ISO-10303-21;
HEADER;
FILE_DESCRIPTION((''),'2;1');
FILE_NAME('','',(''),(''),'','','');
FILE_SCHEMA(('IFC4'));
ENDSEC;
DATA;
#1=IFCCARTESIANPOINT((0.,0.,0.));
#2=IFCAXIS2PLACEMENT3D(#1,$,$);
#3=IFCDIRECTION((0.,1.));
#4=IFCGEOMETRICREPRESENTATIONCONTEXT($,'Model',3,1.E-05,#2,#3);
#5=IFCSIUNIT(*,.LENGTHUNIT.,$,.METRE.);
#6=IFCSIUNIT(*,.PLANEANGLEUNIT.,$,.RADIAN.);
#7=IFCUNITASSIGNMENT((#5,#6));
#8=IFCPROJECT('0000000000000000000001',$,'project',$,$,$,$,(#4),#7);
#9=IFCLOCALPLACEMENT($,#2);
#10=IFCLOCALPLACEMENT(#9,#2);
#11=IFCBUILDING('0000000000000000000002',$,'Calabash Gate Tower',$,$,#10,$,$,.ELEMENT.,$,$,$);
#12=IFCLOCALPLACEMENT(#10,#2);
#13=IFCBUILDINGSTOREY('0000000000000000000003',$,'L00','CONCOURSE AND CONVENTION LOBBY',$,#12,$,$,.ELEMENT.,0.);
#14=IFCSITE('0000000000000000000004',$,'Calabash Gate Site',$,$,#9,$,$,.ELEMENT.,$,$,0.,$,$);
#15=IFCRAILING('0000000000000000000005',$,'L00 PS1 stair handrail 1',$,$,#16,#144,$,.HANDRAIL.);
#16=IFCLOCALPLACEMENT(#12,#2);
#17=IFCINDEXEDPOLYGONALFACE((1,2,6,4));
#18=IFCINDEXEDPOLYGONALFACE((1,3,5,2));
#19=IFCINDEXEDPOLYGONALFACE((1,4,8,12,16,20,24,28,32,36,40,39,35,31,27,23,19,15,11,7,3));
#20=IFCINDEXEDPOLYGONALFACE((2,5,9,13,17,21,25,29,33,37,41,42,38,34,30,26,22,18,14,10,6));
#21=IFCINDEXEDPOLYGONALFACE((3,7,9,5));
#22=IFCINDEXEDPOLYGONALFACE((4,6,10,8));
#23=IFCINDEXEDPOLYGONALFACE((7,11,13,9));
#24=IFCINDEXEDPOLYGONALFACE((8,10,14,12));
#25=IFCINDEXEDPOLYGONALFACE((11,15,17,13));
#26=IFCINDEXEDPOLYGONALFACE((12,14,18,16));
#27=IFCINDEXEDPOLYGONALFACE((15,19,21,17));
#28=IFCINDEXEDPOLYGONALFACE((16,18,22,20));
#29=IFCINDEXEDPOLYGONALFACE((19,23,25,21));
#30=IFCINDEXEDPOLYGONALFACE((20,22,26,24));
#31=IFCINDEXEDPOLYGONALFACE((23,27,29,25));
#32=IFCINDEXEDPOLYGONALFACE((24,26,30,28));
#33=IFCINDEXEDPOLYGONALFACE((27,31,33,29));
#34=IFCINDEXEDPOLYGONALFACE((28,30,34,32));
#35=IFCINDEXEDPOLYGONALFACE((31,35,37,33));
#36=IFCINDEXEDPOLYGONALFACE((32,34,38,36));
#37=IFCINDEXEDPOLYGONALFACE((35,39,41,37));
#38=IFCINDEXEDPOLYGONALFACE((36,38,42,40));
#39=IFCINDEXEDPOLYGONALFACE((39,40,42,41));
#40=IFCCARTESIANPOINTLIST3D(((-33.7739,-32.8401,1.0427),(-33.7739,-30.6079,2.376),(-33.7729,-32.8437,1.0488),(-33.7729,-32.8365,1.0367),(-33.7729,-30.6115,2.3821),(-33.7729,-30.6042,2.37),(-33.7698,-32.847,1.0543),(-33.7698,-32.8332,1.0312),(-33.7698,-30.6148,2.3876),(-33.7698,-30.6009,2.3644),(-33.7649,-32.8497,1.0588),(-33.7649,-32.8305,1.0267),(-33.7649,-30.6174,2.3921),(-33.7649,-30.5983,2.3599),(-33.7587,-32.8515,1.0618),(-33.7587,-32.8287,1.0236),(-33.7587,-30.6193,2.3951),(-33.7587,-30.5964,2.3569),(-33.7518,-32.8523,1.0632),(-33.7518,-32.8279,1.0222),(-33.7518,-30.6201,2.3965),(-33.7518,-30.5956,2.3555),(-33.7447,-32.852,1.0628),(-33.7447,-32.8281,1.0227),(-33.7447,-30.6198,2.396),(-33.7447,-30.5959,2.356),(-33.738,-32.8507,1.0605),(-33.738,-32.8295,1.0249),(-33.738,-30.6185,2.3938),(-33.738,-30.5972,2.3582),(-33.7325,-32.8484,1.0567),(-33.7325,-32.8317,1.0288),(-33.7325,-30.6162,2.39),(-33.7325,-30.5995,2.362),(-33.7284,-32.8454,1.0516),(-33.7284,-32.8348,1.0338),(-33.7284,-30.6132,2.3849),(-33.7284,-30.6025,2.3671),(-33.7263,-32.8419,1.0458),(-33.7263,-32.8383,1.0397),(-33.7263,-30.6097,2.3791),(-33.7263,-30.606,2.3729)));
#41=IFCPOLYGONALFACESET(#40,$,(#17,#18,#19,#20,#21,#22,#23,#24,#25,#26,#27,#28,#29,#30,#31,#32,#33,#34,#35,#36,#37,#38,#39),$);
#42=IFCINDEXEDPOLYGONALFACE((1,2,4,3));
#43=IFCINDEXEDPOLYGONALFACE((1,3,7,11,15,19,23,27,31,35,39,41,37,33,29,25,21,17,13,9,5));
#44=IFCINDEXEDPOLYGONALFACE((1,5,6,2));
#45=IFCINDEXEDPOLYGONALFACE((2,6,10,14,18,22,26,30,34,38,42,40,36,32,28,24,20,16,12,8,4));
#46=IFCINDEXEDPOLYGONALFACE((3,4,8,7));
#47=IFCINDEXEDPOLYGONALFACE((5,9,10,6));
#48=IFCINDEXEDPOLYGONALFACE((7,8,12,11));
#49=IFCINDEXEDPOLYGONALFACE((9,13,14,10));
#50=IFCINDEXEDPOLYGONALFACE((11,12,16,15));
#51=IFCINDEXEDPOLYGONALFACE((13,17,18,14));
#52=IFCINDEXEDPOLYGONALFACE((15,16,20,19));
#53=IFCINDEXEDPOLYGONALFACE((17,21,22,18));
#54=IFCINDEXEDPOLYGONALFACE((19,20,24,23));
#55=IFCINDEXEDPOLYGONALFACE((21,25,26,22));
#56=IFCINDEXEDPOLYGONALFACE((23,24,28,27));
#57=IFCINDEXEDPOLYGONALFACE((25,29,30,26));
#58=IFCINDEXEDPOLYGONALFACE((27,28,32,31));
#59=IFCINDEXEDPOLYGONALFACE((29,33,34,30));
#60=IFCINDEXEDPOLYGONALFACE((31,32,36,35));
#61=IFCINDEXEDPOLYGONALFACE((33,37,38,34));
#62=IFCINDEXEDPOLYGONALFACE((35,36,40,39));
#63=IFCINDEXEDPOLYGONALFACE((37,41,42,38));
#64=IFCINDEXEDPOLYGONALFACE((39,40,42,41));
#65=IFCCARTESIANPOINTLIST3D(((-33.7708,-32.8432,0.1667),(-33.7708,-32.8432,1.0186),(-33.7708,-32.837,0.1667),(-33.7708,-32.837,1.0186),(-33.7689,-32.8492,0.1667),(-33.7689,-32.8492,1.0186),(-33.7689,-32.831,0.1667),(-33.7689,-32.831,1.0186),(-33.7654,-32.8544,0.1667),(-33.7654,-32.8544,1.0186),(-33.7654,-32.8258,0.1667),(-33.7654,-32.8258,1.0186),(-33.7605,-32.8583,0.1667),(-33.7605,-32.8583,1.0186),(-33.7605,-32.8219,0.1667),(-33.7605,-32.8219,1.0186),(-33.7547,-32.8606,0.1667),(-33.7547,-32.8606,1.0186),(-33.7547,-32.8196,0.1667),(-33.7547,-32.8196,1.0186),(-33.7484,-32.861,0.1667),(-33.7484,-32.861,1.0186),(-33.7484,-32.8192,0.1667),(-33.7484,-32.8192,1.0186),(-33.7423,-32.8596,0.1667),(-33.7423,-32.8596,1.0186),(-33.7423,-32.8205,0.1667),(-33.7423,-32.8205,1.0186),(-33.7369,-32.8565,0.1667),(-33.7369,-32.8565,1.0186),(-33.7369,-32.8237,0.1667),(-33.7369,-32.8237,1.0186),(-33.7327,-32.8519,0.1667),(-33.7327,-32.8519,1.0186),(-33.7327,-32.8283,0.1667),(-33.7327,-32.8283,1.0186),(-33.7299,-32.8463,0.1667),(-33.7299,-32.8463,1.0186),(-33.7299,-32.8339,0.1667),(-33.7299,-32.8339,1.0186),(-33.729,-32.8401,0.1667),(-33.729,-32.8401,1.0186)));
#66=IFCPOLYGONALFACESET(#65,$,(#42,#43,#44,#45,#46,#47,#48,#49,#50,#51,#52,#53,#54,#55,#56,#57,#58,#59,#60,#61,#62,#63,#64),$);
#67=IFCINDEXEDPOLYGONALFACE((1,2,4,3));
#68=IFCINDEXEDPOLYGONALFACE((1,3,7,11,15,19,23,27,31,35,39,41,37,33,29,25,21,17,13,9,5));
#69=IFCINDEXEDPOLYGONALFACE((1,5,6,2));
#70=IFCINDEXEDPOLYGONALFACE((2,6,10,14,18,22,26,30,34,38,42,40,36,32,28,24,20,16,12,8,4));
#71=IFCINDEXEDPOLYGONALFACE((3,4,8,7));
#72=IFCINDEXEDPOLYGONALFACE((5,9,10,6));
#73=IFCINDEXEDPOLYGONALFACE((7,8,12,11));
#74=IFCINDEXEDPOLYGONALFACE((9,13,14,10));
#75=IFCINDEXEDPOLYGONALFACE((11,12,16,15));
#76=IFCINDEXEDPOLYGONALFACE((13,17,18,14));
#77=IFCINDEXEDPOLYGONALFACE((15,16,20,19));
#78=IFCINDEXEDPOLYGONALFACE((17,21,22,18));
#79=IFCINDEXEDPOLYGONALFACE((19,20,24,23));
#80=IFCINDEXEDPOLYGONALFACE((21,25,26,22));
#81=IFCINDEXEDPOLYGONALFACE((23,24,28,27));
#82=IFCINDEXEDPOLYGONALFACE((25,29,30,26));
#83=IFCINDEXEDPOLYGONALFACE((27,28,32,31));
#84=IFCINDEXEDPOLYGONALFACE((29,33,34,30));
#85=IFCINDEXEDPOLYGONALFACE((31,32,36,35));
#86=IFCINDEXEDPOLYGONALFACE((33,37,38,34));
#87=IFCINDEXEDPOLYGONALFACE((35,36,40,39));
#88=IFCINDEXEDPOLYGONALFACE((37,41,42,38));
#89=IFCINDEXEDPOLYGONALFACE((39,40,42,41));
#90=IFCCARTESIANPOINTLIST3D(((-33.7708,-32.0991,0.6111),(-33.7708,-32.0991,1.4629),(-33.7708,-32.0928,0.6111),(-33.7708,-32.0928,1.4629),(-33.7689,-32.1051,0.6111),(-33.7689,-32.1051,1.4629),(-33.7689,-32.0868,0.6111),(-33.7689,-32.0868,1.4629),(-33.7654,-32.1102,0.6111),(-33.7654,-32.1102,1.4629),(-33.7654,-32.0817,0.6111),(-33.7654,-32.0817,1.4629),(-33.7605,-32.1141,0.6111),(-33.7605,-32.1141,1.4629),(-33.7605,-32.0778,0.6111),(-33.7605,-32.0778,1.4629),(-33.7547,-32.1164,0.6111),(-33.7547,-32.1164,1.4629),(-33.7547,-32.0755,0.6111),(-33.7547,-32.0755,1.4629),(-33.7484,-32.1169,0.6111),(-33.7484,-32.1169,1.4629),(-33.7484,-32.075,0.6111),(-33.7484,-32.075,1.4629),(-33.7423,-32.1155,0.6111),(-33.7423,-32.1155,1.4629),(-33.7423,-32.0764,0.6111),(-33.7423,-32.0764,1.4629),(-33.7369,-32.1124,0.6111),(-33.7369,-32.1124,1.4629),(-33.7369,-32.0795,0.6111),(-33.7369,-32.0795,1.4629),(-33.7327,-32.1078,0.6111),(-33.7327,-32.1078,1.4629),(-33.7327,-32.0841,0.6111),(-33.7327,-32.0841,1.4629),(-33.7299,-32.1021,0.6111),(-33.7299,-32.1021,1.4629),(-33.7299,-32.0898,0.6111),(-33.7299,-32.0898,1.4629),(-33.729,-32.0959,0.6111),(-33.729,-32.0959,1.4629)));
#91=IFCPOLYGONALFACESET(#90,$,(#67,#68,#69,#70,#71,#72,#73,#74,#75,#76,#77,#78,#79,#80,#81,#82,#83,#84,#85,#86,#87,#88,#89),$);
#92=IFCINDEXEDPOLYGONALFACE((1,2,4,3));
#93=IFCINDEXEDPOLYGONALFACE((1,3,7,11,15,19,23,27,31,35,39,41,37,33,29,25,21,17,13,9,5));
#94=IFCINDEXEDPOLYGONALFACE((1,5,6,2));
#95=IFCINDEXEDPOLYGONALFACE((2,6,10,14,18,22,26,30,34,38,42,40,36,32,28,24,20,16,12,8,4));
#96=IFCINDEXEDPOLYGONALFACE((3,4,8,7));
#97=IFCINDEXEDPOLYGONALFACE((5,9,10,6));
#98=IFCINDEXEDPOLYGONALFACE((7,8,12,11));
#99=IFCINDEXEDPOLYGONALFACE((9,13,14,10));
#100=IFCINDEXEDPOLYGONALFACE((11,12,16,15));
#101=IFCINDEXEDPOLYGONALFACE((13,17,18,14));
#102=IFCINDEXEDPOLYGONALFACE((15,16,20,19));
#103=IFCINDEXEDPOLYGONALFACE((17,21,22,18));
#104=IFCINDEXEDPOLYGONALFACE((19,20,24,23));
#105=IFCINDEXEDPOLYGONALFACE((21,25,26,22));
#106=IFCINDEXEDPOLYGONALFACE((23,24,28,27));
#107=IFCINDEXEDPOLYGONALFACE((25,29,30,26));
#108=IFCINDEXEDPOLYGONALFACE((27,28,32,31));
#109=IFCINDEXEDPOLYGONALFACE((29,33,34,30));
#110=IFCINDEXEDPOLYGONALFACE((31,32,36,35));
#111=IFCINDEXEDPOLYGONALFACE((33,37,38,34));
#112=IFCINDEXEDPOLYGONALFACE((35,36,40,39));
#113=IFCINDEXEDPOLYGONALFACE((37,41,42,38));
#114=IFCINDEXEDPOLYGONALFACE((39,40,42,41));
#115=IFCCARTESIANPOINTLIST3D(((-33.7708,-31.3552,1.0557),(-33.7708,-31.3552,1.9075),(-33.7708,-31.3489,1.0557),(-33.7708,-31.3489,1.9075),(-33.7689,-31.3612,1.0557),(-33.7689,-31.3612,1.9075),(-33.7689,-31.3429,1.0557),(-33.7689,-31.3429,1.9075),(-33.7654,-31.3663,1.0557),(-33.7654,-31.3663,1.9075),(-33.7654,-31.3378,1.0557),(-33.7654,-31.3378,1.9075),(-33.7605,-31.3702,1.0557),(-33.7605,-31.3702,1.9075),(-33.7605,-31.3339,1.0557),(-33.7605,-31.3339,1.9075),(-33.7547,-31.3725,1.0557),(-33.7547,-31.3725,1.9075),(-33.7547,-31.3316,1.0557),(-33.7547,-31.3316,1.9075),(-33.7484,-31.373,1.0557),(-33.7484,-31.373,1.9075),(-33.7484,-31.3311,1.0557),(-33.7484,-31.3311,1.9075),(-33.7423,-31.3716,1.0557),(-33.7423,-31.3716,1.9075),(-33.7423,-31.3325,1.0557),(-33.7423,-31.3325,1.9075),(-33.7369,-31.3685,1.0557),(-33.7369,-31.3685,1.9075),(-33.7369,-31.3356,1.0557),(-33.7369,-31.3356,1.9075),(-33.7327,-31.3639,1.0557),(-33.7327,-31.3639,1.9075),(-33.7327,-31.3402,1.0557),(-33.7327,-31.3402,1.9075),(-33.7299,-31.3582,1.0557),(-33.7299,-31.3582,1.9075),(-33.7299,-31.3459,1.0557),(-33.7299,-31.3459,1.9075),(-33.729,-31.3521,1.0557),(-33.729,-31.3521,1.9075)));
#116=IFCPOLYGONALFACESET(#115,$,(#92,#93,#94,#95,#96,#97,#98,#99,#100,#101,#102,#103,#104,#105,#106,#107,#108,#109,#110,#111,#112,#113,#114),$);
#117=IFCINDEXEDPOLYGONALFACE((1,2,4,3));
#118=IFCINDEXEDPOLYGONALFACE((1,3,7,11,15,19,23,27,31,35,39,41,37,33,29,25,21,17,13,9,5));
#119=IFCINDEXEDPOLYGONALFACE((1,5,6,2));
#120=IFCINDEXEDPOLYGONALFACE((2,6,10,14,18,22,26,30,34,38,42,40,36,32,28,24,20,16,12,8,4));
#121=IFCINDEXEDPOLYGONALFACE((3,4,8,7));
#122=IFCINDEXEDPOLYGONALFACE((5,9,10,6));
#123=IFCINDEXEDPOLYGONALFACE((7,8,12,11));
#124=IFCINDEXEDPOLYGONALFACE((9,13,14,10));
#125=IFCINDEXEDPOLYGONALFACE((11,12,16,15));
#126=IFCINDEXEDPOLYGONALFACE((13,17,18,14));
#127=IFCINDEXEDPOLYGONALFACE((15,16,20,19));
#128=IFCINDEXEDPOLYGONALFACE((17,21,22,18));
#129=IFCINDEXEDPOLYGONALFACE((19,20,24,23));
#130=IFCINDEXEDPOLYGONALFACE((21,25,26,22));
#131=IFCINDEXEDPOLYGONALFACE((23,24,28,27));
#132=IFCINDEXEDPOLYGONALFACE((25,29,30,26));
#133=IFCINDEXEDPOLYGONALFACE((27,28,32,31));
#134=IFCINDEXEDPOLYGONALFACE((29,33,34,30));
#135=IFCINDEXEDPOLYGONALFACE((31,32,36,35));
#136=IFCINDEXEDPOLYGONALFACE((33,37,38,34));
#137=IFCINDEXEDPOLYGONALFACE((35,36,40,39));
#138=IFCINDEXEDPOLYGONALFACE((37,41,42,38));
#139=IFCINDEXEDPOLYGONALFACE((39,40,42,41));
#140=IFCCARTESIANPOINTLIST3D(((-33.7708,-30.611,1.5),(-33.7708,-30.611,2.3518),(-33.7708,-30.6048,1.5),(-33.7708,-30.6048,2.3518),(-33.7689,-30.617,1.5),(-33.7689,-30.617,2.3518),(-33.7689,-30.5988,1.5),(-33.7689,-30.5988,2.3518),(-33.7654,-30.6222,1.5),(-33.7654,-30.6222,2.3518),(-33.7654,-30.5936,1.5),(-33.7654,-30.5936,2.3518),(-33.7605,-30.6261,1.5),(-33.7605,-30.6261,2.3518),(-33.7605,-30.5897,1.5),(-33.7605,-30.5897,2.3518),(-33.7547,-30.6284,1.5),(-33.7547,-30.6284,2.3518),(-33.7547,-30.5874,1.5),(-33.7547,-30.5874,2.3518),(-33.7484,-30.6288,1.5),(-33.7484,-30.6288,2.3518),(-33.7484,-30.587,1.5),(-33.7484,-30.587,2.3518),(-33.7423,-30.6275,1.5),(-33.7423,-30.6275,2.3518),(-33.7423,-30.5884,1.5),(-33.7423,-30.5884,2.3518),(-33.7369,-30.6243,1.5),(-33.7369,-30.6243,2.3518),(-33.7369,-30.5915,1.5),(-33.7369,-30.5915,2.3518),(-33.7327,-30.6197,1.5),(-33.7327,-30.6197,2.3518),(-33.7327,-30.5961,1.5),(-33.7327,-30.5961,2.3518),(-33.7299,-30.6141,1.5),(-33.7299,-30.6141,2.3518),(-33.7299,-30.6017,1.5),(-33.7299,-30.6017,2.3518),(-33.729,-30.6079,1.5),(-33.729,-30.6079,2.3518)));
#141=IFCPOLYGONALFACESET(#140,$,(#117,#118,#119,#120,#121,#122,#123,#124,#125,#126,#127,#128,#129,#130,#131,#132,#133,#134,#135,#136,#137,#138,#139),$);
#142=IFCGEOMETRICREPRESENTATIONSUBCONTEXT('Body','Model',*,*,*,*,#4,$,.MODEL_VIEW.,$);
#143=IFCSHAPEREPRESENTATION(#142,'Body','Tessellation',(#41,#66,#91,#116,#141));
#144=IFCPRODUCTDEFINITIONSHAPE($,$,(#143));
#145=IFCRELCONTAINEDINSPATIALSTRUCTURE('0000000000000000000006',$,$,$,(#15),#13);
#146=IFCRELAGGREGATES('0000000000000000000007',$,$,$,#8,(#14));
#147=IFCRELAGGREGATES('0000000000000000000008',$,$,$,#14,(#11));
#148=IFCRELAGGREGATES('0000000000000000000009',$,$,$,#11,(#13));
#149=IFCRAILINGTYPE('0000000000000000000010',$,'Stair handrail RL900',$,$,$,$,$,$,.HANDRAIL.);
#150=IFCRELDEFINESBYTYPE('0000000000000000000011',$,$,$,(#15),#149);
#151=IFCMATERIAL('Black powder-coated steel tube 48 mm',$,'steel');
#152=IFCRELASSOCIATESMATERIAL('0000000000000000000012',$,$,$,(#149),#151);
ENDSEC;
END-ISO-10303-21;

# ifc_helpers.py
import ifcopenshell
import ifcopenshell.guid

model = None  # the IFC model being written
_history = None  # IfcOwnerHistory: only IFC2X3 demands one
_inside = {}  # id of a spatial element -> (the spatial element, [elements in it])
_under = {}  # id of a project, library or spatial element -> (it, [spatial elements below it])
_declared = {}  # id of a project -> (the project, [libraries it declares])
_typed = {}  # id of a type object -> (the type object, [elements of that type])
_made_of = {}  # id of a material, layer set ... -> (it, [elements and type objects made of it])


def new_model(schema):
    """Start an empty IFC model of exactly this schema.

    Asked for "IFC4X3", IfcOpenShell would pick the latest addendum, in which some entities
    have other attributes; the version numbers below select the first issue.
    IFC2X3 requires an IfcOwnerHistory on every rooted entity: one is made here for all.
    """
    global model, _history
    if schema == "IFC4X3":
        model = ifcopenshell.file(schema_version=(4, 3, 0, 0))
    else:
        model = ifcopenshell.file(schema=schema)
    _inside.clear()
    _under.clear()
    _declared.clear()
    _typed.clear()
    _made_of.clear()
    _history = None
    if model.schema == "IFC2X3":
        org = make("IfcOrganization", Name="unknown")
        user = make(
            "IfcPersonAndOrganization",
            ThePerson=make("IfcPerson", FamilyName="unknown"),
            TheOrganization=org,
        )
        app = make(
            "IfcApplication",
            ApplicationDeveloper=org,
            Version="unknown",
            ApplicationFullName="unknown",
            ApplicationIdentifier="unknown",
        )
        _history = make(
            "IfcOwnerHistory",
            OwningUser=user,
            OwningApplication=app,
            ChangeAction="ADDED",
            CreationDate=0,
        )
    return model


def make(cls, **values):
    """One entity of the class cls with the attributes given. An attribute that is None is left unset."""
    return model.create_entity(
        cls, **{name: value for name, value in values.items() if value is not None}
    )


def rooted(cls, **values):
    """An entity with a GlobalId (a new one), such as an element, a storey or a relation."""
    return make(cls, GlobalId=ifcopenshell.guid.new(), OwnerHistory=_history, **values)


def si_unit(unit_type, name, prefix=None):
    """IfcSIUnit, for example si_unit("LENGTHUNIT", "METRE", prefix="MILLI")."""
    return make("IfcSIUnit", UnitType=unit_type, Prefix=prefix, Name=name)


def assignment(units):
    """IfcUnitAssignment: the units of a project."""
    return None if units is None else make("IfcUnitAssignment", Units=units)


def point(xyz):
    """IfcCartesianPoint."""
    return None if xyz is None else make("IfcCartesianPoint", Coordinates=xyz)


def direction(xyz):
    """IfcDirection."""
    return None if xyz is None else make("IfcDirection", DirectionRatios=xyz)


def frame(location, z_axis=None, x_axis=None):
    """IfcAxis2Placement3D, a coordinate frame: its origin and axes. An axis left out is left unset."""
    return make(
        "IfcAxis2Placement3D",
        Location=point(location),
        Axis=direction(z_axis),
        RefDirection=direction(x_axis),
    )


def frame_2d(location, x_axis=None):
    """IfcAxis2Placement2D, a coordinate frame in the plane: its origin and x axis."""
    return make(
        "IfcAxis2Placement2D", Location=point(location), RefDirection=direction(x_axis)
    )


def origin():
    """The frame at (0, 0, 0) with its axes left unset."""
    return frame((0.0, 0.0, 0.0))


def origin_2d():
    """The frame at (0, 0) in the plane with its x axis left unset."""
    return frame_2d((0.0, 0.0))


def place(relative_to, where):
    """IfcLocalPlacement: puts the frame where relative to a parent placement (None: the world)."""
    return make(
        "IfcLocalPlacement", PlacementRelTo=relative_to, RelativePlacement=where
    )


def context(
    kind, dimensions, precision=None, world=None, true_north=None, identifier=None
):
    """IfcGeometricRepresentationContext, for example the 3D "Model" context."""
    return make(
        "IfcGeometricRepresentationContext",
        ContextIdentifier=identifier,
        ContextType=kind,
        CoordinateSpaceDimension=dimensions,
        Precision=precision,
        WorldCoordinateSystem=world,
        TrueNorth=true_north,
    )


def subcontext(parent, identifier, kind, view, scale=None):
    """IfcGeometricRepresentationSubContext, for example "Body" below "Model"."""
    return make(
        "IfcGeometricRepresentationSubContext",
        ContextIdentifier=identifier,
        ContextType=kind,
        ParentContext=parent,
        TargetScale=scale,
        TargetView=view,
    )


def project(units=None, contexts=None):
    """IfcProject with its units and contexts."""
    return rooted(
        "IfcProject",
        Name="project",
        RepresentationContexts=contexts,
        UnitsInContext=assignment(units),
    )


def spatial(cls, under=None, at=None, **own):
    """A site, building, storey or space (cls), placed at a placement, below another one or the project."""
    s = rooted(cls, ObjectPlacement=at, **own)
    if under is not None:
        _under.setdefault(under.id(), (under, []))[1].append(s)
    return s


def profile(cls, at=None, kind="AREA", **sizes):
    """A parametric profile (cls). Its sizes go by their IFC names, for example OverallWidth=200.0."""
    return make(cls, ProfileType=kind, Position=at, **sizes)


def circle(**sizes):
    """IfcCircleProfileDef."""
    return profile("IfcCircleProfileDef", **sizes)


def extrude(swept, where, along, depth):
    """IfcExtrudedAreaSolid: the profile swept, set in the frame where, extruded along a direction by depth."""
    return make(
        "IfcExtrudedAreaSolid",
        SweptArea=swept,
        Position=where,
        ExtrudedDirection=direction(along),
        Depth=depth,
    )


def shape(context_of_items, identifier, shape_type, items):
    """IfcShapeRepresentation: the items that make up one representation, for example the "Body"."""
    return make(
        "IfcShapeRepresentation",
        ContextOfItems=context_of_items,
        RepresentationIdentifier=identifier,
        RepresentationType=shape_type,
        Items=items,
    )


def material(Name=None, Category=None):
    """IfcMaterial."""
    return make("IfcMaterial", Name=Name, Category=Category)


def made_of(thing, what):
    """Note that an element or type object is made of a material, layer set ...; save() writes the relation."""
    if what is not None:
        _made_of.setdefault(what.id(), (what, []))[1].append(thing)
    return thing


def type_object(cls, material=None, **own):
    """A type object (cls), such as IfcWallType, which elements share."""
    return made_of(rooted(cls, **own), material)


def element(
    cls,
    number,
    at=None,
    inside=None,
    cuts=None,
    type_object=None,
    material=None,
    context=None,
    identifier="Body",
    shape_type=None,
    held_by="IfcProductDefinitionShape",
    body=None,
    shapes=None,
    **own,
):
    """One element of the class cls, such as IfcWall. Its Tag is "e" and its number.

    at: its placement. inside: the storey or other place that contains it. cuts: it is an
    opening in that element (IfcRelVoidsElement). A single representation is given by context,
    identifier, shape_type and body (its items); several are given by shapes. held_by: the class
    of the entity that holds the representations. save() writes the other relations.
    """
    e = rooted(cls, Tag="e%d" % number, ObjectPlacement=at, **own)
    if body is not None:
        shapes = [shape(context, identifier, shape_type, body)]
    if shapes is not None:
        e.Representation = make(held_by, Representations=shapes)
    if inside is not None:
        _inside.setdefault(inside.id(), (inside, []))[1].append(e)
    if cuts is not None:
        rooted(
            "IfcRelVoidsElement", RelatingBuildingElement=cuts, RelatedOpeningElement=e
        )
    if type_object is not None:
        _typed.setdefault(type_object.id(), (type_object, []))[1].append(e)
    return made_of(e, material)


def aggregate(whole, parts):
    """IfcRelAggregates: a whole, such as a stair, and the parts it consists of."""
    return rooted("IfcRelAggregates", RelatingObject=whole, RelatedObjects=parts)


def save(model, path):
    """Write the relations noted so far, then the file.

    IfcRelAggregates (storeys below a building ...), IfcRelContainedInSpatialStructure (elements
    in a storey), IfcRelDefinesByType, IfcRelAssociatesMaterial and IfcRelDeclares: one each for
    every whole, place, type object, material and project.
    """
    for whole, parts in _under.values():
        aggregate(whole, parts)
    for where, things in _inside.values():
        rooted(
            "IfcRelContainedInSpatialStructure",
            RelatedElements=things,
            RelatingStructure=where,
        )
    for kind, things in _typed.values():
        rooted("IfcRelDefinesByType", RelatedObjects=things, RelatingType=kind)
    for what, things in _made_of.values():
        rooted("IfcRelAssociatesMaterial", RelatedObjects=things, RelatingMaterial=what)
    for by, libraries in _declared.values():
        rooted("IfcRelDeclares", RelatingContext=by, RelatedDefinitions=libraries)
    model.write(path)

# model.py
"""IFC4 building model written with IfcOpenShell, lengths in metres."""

from ifc_helpers import new_model, si_unit, direction, frame, origin, origin_2d, place, context, subcontext, project, spatial, circle, extrude, material, type_object, element, save


model = new_model("IFC4")

# Units and contexts
model_context = context("Model", 3, precision=1e-05, world=origin(), true_north=direction((0.0, 1.0)))
body_context = subcontext(model_context, "Body", "Model", "MODEL_VIEW")
ifc_project = project(units=[si_unit("LENGTHUNIT", "METRE"), si_unit("PLANEANGLEUNIT", "RADIAN")], contexts=[model_context])

# Site, building, storey
site_placement = place(None, origin())
site = spatial("IfcSite", under=ifc_project, at=site_placement, Name="Calabash Gate Site", CompositionType="ELEMENT", RefElevation=0.0)
building_placement = place(site_placement, origin())
building = spatial("IfcBuilding", under=site, at=building_placement, Name="Calabash Gate Tower", CompositionType="ELEMENT")
storey_placement = place(building_placement, origin())
storey = spatial("IfcBuildingStorey", under=building, at=storey_placement, Name="L00", Description="CONCOURSE AND CONVENTION LOBBY", CompositionType="ELEMENT", Elevation=0.0)

# Railing
ifc_material_1 = material(Name="Black powder-coated steel tube 48 mm", Category="steel")
railing_type = type_object("IfcRailingType", Name="Stair handrail RL900", PredefinedType="HANDRAIL", material=ifc_material_1)
for number, where, name in (
    (1, (-33.75, -32.8401, 0.1667), "L00 PS1 stair handrail 1"),
):
    element("IfcRailing", number, at=place(storey_placement, frame(where)), inside=storey, type_object=railing_type, Name=name, PredefinedType="HANDRAIL", context=body_context, shape_type="SweptSolid", body=[
        extrude(circle(Radius=0.0239, at=origin_2d()), frame((0.0, 0.0, 0.876), z_axis=(0.0, 0.858519, 0.512782), x_axis=(-1.0, 0.0, 0.0)), (0.0, 0.0, 1.0), 2.6001),
        extrude(circle(Radius=0.021, at=origin_2d()), origin(), (0.0, 0.0, 1.0), 0.8518),
        extrude(circle(Radius=0.021, at=origin_2d()), frame((0.0, 0.7441, 0.4443)), (0.0, 0.0, 1.0), 0.8518),
        extrude(circle(Radius=0.021, at=origin_2d()), frame((0.0, 1.488, 0.8889)), (0.0, 0.0, 1.0), 0.8518),
        extrude(circle(Radius=0.021, at=origin_2d()), frame((0.0, 2.2322, 1.3333)), (0.0, 0.0, 1.0), 0.8518),
    ])

save(model, "model.ifc")
